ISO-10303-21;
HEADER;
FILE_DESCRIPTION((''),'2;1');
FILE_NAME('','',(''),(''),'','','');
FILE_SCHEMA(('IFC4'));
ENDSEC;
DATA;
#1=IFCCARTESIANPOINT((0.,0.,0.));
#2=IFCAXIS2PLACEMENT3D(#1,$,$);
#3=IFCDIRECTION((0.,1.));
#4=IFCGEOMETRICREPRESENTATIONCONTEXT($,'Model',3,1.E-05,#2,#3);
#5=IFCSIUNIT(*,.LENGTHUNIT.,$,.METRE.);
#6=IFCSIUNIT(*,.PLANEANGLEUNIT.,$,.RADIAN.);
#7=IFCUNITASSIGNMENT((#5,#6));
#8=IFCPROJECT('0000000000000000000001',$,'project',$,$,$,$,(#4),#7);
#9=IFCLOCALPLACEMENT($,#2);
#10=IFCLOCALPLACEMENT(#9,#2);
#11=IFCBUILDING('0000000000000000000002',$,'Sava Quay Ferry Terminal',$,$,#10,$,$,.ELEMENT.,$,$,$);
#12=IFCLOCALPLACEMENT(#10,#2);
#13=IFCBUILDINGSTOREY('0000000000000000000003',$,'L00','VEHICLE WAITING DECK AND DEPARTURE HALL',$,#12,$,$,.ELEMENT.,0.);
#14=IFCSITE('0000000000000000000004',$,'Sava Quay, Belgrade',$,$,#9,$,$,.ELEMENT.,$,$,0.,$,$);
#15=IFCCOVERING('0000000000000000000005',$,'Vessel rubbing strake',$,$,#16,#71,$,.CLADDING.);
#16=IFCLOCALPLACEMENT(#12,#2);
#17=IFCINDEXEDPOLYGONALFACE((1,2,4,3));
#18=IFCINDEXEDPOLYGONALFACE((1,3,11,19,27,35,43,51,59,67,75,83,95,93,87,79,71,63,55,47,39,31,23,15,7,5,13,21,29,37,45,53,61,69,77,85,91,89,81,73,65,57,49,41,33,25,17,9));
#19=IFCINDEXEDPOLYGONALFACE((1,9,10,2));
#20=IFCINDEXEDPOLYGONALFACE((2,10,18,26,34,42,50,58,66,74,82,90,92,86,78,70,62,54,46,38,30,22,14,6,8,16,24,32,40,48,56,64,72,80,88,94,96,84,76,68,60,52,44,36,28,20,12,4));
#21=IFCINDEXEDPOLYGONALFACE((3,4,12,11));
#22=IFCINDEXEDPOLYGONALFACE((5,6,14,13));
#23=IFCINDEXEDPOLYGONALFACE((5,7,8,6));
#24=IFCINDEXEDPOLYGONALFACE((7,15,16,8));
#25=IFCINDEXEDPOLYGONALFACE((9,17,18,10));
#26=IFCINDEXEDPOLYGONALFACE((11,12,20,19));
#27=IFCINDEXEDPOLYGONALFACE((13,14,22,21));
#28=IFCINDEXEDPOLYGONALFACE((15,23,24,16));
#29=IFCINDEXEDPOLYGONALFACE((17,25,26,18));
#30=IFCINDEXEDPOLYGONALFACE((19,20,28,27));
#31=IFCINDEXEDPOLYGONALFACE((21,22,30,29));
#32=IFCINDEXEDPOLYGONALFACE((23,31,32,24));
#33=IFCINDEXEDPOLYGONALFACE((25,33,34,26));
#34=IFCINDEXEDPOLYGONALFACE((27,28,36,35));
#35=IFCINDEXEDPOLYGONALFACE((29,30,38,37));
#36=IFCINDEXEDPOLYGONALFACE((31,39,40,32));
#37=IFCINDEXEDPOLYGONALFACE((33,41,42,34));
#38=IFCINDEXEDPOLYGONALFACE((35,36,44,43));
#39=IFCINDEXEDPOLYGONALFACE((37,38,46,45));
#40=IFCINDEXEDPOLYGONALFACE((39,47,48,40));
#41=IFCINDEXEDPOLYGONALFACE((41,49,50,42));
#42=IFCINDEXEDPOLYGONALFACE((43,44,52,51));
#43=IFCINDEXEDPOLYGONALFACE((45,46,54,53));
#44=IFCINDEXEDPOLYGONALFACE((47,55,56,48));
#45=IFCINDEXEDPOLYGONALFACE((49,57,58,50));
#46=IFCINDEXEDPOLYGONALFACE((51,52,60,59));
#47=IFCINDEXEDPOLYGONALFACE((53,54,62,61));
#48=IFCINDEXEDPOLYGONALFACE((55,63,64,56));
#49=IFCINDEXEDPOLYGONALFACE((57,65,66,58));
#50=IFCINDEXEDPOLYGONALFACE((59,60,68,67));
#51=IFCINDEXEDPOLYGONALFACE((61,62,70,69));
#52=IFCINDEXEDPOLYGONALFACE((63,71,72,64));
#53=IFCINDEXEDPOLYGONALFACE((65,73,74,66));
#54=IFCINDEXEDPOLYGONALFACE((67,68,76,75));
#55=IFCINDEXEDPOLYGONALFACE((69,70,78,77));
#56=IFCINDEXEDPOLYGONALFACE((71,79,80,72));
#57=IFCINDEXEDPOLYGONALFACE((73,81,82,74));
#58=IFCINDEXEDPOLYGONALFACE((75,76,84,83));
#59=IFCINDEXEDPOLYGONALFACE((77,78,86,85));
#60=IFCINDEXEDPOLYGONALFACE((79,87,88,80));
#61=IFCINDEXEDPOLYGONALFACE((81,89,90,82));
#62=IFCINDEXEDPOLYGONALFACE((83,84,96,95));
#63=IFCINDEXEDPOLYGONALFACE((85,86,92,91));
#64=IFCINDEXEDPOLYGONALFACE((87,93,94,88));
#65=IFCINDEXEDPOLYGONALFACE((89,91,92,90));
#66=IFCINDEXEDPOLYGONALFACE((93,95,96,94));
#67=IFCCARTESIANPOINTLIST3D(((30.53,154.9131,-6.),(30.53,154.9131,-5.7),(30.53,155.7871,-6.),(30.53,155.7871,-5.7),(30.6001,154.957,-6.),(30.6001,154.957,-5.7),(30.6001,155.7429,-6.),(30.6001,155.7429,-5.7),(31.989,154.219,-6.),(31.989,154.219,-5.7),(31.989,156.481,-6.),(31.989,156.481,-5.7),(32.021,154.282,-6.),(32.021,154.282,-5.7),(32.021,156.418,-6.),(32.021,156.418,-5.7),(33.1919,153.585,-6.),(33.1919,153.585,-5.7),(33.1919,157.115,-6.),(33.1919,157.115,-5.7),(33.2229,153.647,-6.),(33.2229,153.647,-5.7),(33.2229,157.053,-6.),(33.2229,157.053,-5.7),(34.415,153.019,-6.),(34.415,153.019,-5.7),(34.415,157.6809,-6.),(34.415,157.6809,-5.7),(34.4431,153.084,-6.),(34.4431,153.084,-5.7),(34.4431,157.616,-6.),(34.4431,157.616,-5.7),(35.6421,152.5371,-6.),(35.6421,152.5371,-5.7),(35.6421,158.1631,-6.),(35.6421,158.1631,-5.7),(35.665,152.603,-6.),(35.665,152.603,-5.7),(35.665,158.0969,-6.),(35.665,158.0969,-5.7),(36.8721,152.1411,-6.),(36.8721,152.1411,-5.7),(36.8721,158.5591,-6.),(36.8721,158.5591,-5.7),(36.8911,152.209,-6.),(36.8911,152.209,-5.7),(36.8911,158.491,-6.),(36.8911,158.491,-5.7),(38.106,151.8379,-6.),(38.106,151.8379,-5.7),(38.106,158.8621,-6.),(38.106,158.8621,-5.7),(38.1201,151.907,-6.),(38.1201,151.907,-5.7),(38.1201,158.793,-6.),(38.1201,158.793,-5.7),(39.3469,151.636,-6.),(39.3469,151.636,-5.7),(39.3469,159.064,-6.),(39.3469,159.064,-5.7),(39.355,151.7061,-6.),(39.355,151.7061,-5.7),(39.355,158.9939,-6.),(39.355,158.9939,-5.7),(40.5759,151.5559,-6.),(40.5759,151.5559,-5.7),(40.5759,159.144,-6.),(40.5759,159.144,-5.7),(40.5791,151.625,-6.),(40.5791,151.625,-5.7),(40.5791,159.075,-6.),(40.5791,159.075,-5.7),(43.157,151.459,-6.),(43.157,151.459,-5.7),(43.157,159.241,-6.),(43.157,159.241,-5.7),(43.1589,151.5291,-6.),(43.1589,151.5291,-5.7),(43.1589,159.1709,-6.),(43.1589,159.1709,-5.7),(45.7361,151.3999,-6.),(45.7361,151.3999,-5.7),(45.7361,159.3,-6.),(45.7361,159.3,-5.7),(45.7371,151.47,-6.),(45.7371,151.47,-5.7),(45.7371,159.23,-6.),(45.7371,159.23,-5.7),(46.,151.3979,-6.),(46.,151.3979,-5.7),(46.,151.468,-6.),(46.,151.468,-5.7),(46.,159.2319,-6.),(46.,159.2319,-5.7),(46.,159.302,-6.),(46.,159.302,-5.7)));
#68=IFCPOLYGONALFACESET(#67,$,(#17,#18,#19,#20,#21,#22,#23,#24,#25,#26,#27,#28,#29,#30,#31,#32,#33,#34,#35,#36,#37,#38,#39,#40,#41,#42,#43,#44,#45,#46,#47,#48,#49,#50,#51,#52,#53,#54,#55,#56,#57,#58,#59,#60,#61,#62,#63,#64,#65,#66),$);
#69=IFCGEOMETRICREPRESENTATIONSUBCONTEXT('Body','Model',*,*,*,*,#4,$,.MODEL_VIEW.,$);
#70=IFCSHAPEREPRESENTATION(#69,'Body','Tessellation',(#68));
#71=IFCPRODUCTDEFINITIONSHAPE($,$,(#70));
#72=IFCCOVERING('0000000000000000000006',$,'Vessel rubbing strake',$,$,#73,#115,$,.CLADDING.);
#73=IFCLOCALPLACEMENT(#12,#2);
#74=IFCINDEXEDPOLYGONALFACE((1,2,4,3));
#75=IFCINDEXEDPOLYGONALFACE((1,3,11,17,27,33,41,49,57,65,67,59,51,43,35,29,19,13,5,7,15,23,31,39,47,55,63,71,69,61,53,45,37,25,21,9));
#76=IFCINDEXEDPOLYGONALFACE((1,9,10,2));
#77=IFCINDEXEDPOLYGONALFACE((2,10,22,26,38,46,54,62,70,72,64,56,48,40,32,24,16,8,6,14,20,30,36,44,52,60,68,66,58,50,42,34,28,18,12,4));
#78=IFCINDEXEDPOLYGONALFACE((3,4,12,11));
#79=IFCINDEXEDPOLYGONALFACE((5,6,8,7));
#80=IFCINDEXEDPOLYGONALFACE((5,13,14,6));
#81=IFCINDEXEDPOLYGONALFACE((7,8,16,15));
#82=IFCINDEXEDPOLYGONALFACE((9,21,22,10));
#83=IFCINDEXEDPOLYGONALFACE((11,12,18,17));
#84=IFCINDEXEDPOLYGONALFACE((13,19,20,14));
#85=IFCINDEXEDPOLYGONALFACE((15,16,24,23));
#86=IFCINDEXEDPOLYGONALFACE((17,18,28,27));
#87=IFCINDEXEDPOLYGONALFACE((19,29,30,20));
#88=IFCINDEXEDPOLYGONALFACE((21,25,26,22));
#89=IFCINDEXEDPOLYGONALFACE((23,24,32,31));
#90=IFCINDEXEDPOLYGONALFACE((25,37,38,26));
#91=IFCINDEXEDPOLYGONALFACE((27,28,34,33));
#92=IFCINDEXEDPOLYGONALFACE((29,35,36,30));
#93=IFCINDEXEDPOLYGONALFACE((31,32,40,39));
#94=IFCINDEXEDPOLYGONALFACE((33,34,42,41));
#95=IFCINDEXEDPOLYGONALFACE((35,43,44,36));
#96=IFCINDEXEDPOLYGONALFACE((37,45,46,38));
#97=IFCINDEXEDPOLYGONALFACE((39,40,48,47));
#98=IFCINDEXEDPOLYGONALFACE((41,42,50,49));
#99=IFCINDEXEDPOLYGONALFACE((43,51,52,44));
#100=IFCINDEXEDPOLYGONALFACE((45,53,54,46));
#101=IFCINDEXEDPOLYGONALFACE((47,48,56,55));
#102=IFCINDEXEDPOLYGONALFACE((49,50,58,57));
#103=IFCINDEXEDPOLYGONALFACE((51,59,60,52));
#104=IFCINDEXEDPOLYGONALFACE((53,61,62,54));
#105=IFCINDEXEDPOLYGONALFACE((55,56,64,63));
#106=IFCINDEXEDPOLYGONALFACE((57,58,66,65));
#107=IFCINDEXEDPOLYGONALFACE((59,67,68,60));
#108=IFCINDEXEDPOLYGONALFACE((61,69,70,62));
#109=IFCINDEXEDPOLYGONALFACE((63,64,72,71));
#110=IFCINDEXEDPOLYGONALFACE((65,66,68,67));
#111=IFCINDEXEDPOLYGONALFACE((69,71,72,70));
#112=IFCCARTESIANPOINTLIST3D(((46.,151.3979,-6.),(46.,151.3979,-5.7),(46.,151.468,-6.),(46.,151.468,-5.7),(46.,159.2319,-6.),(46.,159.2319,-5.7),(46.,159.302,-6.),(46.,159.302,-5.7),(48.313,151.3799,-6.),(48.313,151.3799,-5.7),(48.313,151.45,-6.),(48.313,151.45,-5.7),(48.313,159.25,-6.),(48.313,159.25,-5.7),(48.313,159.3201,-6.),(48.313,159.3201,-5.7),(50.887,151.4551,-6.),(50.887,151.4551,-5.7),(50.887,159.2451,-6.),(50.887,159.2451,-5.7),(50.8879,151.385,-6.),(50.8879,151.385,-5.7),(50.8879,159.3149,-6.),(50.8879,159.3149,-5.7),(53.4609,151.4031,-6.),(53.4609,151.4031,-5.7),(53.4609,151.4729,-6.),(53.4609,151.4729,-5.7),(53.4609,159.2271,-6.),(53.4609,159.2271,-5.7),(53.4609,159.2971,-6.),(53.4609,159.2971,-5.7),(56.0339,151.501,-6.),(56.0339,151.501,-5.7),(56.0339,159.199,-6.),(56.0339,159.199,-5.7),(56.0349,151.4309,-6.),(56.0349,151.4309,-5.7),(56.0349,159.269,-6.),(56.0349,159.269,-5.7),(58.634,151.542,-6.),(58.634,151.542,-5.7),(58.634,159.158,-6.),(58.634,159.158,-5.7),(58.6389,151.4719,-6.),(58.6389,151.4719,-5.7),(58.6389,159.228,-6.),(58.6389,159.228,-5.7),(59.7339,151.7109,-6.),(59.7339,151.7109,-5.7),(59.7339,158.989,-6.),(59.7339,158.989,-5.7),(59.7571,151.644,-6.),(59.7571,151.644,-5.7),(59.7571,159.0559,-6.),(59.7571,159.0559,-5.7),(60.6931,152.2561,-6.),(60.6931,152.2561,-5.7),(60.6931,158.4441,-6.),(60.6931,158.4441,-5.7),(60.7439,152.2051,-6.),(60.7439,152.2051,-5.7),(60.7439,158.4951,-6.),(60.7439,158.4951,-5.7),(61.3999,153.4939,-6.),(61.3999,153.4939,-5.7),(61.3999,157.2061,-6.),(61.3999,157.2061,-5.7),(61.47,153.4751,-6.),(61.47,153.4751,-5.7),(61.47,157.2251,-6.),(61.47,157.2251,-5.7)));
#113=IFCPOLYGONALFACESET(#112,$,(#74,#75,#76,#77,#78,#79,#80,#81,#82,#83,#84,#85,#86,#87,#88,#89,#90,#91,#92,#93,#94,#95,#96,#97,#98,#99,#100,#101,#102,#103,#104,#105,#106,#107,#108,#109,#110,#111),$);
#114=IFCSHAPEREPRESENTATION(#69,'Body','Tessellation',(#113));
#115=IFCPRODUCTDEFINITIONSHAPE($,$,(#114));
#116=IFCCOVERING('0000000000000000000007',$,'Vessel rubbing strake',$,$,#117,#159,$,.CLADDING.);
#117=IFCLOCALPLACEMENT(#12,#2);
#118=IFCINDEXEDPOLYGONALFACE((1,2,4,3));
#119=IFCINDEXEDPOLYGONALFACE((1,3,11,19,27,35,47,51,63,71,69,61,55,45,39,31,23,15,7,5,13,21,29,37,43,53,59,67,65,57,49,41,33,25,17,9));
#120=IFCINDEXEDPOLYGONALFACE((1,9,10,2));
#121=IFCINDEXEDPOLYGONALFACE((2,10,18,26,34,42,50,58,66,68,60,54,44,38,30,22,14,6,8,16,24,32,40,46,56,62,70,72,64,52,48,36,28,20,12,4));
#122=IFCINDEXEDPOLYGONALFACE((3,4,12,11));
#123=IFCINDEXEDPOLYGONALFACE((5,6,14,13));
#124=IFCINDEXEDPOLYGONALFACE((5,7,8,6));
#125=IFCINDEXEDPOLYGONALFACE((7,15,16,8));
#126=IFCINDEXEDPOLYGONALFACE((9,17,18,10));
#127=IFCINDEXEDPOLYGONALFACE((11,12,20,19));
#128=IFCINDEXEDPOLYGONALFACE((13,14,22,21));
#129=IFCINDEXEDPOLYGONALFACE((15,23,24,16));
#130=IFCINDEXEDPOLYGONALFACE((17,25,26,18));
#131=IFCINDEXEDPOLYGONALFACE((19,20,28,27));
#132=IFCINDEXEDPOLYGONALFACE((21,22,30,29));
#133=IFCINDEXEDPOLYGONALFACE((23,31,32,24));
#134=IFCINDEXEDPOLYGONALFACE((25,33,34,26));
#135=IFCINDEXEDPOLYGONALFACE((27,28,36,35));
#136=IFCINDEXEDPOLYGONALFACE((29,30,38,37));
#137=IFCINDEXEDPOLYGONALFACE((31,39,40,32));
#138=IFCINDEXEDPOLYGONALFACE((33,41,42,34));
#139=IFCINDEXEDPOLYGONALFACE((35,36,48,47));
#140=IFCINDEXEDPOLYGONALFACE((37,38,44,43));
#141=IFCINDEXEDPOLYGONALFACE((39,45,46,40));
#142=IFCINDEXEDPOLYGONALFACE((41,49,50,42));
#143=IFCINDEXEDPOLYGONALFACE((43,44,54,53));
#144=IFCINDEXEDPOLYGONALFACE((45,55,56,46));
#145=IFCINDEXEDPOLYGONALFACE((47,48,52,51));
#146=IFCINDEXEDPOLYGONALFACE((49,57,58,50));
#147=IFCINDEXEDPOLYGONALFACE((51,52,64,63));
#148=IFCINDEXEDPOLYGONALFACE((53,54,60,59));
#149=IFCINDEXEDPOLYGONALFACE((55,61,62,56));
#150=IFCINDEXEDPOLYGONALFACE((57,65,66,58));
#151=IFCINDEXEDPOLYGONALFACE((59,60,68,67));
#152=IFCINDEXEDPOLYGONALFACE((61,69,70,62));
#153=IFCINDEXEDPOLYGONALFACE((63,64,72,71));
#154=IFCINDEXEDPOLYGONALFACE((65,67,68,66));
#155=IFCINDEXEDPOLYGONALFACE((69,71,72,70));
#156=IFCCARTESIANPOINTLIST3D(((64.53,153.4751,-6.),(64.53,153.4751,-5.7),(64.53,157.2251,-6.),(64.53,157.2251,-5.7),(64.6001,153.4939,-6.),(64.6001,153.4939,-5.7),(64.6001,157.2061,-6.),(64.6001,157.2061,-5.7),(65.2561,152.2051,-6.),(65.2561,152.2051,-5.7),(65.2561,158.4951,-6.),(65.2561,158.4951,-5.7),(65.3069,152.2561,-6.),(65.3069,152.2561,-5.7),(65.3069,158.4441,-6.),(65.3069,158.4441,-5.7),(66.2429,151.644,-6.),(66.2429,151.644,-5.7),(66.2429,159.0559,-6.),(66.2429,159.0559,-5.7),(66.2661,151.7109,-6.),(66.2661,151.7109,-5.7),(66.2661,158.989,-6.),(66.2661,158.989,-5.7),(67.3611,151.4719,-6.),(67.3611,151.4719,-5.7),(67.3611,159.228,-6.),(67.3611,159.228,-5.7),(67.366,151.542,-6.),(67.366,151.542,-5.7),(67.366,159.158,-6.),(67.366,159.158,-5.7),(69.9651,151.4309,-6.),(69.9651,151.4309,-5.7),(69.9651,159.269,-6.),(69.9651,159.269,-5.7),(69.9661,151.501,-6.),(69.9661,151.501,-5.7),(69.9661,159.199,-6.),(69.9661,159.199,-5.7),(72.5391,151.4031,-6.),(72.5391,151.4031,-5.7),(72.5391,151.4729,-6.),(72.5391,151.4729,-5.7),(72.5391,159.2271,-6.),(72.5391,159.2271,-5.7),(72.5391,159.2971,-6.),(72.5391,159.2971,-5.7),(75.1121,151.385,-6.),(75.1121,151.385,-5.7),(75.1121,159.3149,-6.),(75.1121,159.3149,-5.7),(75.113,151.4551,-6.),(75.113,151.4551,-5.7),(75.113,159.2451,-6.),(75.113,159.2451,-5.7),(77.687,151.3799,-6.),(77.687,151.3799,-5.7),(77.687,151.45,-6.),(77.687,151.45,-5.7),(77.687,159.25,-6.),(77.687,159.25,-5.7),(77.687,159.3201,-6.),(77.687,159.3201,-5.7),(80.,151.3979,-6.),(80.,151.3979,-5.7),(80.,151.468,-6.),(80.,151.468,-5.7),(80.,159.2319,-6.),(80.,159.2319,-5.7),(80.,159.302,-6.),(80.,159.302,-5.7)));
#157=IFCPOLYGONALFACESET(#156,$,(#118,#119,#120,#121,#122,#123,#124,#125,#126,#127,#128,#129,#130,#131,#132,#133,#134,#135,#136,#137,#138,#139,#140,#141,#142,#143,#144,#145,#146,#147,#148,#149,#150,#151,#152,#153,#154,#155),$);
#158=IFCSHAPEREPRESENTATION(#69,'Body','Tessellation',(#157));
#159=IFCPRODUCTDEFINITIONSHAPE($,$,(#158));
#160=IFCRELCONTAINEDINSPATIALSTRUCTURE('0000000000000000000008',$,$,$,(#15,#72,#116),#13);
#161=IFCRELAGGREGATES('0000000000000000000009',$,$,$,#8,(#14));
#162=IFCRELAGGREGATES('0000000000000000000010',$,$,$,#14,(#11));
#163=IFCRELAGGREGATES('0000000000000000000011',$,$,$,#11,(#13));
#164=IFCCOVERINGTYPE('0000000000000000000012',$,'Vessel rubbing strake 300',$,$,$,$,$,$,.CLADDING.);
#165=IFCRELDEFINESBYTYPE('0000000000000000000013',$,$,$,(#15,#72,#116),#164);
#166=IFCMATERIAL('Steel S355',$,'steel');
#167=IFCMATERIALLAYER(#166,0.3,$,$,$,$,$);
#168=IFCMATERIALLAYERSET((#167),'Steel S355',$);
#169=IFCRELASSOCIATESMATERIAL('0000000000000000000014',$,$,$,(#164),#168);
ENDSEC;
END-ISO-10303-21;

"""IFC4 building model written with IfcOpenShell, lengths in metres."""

from ifc_helpers import new_model, si_unit, direction, frame, origin, place, context, subcontext, project, spatial, polyline, outline, extrude, material, layer, layer_set, type_object, element, save


model = new_model("IFC4")

# Units and contexts
model_context = context("Model", 3, precision=1e-05, world=origin(), true_north=direction((0.0, 1.0)))
body_context = subcontext(model_context, "Body", "Model", "MODEL_VIEW")
ifc_project = project(units=[si_unit("LENGTHUNIT", "METRE"), si_unit("PLANEANGLEUNIT", "RADIAN")], contexts=[model_context])

# Site, building, storey
site_placement = place(None, origin())
site = spatial("IfcSite", under=ifc_project, at=site_placement, Name="Sava Quay, Belgrade", CompositionType="ELEMENT", RefElevation=0.0)
building_placement = place(site_placement, origin())
building = spatial("IfcBuilding", under=site, at=building_placement, Name="Sava Quay Ferry Terminal", CompositionType="ELEMENT")
storey_placement = place(building_placement, origin())
storey = spatial("IfcBuildingStorey", under=building, at=storey_placement, Name="L00", Description="VEHICLE WAITING DECK AND DEPARTURE HALL", CompositionType="ELEMENT", Elevation=0.0)

# Coverings
ifc_material_1 = material(Name="Steel S355", Category="steel")
ifc_layer_1 = layer(ifc_material_1, 0.3)
ifc_layer_set_1 = layer_set([ifc_layer_1], Name="Steel S355")
covering_type_1 = type_object("IfcCoveringType", Name="Vessel rubbing strake 300", PredefinedType="CLADDING", material=ifc_layer_set_1)
covering_1_placement = place(storey_placement, frame((0.0, 0.0, -6.0)))
element("IfcCovering", 1, at=covering_1_placement, inside=storey, type_object=covering_type_1, Name="Vessel rubbing strake", PredefinedType="CLADDING", context=body_context, shape_type="SweptSolid", body=[
    extrude(outline(polyline([(45.7361, 151.3999), (46.0, 151.3979), (46.0, 151.468), (45.7371, 151.47), (43.1589, 151.5291), (40.5791, 151.625), (39.355, 151.7061), (38.1201, 151.907), (36.8911, 152.209), (35.665, 152.603), (34.4431, 153.084), (33.2229, 153.647), (32.021, 154.282), (30.6001, 154.957), (30.6001, 155.7429), (32.021, 156.418), (33.2229, 157.053), (34.4431, 157.616), (35.665, 158.0969), (36.8911, 158.491), (38.1201, 158.793), (39.355, 158.9939), (40.5791, 159.075), (43.1589, 159.1709), (45.7371, 159.23), (46.0, 159.2319), (46.0, 159.302), (45.7361, 159.3), (43.157, 159.241), (40.5759, 159.144), (39.3469, 159.064), (38.106, 158.8621), (36.8721, 158.5591), (35.6421, 158.1631), (34.415, 157.6809), (33.1919, 157.115), (31.989, 156.481), (30.53, 155.7871), (30.53, 154.9131), (31.989, 154.219), (33.1919, 153.585), (34.415, 153.019), (35.6421, 152.5371), (36.8721, 152.1411), (38.106, 151.8379), (39.3469, 151.636), (40.5759, 151.5559), (43.157, 151.459), (45.7361, 151.3999)])), origin(), (0.0, 0.0, 1.0), 0.3),
])
covering_2_placement = place(storey_placement, frame((0.0, 0.0, -6.0)))
element("IfcCovering", 2, at=covering_2_placement, inside=storey, type_object=covering_type_1, Name="Vessel rubbing strake", PredefinedType="CLADDING", context=body_context, shape_type="SweptSolid", body=[
    extrude(outline(polyline([(48.313, 159.3201), (46.0, 159.302), (46.0, 159.2319), (48.313, 159.25), (50.887, 159.2451), (53.4609, 159.2271), (56.0339, 159.199), (58.634, 159.158), (59.7339, 158.989), (60.6931, 158.4441), (61.3999, 157.2061), (61.3999, 153.4939), (60.6931, 152.2561), (59.7339, 151.7109), (58.634, 151.542), (56.0339, 151.501), (53.4609, 151.4729), (50.887, 151.4551), (48.313, 151.45), (46.0, 151.468), (46.0, 151.3979), (48.313, 151.3799), (50.8879, 151.385), (53.4609, 151.4031), (56.0349, 151.4309), (58.6389, 151.4719), (59.7571, 151.644), (60.7439, 152.2051), (61.47, 153.4751), (61.47, 157.2251), (60.7439, 158.4951), (59.7571, 159.0559), (58.6389, 159.228), (56.0349, 159.269), (53.4609, 159.2971), (50.8879, 159.3149), (48.313, 159.3201)])), origin(), (0.0, 0.0, 1.0), 0.3),
])
covering_3_placement = place(storey_placement, frame((0.0, 0.0, -6.0)))
element("IfcCovering", 3, at=covering_3_placement, inside=storey, type_object=covering_type_1, Name="Vessel rubbing strake", PredefinedType="CLADDING", context=body_context, shape_type="SweptSolid", body=[
    extrude(outline(polyline([(66.2429, 159.0559), (65.2561, 158.4951), (64.53, 157.2251), (64.53, 153.4751), (65.2561, 152.2051), (66.2429, 151.644), (67.3611, 151.4719), (69.9651, 151.4309), (72.5391, 151.4031), (75.1121, 151.385), (77.687, 151.3799), (80.0, 151.3979), (80.0, 151.468), (77.687, 151.45), (75.113, 151.4551), (72.5391, 151.4729), (69.9661, 151.501), (67.366, 151.542), (66.2661, 151.7109), (65.3069, 152.2561), (64.6001, 153.4939), (64.6001, 157.2061), (65.3069, 158.4441), (66.2661, 158.989), (67.366, 159.158), (69.9661, 159.199), (72.5391, 159.2271), (75.113, 159.2451), (77.687, 159.25), (80.0, 159.2319), (80.0, 159.302), (77.687, 159.3201), (75.1121, 159.3149), (72.5391, 159.2971), (69.9651, 159.269), (67.3611, 159.228), (66.2429, 159.0559)])), origin(), (0.0, 0.0, 1.0), 0.3),
])

save(model, "model.ifc")
